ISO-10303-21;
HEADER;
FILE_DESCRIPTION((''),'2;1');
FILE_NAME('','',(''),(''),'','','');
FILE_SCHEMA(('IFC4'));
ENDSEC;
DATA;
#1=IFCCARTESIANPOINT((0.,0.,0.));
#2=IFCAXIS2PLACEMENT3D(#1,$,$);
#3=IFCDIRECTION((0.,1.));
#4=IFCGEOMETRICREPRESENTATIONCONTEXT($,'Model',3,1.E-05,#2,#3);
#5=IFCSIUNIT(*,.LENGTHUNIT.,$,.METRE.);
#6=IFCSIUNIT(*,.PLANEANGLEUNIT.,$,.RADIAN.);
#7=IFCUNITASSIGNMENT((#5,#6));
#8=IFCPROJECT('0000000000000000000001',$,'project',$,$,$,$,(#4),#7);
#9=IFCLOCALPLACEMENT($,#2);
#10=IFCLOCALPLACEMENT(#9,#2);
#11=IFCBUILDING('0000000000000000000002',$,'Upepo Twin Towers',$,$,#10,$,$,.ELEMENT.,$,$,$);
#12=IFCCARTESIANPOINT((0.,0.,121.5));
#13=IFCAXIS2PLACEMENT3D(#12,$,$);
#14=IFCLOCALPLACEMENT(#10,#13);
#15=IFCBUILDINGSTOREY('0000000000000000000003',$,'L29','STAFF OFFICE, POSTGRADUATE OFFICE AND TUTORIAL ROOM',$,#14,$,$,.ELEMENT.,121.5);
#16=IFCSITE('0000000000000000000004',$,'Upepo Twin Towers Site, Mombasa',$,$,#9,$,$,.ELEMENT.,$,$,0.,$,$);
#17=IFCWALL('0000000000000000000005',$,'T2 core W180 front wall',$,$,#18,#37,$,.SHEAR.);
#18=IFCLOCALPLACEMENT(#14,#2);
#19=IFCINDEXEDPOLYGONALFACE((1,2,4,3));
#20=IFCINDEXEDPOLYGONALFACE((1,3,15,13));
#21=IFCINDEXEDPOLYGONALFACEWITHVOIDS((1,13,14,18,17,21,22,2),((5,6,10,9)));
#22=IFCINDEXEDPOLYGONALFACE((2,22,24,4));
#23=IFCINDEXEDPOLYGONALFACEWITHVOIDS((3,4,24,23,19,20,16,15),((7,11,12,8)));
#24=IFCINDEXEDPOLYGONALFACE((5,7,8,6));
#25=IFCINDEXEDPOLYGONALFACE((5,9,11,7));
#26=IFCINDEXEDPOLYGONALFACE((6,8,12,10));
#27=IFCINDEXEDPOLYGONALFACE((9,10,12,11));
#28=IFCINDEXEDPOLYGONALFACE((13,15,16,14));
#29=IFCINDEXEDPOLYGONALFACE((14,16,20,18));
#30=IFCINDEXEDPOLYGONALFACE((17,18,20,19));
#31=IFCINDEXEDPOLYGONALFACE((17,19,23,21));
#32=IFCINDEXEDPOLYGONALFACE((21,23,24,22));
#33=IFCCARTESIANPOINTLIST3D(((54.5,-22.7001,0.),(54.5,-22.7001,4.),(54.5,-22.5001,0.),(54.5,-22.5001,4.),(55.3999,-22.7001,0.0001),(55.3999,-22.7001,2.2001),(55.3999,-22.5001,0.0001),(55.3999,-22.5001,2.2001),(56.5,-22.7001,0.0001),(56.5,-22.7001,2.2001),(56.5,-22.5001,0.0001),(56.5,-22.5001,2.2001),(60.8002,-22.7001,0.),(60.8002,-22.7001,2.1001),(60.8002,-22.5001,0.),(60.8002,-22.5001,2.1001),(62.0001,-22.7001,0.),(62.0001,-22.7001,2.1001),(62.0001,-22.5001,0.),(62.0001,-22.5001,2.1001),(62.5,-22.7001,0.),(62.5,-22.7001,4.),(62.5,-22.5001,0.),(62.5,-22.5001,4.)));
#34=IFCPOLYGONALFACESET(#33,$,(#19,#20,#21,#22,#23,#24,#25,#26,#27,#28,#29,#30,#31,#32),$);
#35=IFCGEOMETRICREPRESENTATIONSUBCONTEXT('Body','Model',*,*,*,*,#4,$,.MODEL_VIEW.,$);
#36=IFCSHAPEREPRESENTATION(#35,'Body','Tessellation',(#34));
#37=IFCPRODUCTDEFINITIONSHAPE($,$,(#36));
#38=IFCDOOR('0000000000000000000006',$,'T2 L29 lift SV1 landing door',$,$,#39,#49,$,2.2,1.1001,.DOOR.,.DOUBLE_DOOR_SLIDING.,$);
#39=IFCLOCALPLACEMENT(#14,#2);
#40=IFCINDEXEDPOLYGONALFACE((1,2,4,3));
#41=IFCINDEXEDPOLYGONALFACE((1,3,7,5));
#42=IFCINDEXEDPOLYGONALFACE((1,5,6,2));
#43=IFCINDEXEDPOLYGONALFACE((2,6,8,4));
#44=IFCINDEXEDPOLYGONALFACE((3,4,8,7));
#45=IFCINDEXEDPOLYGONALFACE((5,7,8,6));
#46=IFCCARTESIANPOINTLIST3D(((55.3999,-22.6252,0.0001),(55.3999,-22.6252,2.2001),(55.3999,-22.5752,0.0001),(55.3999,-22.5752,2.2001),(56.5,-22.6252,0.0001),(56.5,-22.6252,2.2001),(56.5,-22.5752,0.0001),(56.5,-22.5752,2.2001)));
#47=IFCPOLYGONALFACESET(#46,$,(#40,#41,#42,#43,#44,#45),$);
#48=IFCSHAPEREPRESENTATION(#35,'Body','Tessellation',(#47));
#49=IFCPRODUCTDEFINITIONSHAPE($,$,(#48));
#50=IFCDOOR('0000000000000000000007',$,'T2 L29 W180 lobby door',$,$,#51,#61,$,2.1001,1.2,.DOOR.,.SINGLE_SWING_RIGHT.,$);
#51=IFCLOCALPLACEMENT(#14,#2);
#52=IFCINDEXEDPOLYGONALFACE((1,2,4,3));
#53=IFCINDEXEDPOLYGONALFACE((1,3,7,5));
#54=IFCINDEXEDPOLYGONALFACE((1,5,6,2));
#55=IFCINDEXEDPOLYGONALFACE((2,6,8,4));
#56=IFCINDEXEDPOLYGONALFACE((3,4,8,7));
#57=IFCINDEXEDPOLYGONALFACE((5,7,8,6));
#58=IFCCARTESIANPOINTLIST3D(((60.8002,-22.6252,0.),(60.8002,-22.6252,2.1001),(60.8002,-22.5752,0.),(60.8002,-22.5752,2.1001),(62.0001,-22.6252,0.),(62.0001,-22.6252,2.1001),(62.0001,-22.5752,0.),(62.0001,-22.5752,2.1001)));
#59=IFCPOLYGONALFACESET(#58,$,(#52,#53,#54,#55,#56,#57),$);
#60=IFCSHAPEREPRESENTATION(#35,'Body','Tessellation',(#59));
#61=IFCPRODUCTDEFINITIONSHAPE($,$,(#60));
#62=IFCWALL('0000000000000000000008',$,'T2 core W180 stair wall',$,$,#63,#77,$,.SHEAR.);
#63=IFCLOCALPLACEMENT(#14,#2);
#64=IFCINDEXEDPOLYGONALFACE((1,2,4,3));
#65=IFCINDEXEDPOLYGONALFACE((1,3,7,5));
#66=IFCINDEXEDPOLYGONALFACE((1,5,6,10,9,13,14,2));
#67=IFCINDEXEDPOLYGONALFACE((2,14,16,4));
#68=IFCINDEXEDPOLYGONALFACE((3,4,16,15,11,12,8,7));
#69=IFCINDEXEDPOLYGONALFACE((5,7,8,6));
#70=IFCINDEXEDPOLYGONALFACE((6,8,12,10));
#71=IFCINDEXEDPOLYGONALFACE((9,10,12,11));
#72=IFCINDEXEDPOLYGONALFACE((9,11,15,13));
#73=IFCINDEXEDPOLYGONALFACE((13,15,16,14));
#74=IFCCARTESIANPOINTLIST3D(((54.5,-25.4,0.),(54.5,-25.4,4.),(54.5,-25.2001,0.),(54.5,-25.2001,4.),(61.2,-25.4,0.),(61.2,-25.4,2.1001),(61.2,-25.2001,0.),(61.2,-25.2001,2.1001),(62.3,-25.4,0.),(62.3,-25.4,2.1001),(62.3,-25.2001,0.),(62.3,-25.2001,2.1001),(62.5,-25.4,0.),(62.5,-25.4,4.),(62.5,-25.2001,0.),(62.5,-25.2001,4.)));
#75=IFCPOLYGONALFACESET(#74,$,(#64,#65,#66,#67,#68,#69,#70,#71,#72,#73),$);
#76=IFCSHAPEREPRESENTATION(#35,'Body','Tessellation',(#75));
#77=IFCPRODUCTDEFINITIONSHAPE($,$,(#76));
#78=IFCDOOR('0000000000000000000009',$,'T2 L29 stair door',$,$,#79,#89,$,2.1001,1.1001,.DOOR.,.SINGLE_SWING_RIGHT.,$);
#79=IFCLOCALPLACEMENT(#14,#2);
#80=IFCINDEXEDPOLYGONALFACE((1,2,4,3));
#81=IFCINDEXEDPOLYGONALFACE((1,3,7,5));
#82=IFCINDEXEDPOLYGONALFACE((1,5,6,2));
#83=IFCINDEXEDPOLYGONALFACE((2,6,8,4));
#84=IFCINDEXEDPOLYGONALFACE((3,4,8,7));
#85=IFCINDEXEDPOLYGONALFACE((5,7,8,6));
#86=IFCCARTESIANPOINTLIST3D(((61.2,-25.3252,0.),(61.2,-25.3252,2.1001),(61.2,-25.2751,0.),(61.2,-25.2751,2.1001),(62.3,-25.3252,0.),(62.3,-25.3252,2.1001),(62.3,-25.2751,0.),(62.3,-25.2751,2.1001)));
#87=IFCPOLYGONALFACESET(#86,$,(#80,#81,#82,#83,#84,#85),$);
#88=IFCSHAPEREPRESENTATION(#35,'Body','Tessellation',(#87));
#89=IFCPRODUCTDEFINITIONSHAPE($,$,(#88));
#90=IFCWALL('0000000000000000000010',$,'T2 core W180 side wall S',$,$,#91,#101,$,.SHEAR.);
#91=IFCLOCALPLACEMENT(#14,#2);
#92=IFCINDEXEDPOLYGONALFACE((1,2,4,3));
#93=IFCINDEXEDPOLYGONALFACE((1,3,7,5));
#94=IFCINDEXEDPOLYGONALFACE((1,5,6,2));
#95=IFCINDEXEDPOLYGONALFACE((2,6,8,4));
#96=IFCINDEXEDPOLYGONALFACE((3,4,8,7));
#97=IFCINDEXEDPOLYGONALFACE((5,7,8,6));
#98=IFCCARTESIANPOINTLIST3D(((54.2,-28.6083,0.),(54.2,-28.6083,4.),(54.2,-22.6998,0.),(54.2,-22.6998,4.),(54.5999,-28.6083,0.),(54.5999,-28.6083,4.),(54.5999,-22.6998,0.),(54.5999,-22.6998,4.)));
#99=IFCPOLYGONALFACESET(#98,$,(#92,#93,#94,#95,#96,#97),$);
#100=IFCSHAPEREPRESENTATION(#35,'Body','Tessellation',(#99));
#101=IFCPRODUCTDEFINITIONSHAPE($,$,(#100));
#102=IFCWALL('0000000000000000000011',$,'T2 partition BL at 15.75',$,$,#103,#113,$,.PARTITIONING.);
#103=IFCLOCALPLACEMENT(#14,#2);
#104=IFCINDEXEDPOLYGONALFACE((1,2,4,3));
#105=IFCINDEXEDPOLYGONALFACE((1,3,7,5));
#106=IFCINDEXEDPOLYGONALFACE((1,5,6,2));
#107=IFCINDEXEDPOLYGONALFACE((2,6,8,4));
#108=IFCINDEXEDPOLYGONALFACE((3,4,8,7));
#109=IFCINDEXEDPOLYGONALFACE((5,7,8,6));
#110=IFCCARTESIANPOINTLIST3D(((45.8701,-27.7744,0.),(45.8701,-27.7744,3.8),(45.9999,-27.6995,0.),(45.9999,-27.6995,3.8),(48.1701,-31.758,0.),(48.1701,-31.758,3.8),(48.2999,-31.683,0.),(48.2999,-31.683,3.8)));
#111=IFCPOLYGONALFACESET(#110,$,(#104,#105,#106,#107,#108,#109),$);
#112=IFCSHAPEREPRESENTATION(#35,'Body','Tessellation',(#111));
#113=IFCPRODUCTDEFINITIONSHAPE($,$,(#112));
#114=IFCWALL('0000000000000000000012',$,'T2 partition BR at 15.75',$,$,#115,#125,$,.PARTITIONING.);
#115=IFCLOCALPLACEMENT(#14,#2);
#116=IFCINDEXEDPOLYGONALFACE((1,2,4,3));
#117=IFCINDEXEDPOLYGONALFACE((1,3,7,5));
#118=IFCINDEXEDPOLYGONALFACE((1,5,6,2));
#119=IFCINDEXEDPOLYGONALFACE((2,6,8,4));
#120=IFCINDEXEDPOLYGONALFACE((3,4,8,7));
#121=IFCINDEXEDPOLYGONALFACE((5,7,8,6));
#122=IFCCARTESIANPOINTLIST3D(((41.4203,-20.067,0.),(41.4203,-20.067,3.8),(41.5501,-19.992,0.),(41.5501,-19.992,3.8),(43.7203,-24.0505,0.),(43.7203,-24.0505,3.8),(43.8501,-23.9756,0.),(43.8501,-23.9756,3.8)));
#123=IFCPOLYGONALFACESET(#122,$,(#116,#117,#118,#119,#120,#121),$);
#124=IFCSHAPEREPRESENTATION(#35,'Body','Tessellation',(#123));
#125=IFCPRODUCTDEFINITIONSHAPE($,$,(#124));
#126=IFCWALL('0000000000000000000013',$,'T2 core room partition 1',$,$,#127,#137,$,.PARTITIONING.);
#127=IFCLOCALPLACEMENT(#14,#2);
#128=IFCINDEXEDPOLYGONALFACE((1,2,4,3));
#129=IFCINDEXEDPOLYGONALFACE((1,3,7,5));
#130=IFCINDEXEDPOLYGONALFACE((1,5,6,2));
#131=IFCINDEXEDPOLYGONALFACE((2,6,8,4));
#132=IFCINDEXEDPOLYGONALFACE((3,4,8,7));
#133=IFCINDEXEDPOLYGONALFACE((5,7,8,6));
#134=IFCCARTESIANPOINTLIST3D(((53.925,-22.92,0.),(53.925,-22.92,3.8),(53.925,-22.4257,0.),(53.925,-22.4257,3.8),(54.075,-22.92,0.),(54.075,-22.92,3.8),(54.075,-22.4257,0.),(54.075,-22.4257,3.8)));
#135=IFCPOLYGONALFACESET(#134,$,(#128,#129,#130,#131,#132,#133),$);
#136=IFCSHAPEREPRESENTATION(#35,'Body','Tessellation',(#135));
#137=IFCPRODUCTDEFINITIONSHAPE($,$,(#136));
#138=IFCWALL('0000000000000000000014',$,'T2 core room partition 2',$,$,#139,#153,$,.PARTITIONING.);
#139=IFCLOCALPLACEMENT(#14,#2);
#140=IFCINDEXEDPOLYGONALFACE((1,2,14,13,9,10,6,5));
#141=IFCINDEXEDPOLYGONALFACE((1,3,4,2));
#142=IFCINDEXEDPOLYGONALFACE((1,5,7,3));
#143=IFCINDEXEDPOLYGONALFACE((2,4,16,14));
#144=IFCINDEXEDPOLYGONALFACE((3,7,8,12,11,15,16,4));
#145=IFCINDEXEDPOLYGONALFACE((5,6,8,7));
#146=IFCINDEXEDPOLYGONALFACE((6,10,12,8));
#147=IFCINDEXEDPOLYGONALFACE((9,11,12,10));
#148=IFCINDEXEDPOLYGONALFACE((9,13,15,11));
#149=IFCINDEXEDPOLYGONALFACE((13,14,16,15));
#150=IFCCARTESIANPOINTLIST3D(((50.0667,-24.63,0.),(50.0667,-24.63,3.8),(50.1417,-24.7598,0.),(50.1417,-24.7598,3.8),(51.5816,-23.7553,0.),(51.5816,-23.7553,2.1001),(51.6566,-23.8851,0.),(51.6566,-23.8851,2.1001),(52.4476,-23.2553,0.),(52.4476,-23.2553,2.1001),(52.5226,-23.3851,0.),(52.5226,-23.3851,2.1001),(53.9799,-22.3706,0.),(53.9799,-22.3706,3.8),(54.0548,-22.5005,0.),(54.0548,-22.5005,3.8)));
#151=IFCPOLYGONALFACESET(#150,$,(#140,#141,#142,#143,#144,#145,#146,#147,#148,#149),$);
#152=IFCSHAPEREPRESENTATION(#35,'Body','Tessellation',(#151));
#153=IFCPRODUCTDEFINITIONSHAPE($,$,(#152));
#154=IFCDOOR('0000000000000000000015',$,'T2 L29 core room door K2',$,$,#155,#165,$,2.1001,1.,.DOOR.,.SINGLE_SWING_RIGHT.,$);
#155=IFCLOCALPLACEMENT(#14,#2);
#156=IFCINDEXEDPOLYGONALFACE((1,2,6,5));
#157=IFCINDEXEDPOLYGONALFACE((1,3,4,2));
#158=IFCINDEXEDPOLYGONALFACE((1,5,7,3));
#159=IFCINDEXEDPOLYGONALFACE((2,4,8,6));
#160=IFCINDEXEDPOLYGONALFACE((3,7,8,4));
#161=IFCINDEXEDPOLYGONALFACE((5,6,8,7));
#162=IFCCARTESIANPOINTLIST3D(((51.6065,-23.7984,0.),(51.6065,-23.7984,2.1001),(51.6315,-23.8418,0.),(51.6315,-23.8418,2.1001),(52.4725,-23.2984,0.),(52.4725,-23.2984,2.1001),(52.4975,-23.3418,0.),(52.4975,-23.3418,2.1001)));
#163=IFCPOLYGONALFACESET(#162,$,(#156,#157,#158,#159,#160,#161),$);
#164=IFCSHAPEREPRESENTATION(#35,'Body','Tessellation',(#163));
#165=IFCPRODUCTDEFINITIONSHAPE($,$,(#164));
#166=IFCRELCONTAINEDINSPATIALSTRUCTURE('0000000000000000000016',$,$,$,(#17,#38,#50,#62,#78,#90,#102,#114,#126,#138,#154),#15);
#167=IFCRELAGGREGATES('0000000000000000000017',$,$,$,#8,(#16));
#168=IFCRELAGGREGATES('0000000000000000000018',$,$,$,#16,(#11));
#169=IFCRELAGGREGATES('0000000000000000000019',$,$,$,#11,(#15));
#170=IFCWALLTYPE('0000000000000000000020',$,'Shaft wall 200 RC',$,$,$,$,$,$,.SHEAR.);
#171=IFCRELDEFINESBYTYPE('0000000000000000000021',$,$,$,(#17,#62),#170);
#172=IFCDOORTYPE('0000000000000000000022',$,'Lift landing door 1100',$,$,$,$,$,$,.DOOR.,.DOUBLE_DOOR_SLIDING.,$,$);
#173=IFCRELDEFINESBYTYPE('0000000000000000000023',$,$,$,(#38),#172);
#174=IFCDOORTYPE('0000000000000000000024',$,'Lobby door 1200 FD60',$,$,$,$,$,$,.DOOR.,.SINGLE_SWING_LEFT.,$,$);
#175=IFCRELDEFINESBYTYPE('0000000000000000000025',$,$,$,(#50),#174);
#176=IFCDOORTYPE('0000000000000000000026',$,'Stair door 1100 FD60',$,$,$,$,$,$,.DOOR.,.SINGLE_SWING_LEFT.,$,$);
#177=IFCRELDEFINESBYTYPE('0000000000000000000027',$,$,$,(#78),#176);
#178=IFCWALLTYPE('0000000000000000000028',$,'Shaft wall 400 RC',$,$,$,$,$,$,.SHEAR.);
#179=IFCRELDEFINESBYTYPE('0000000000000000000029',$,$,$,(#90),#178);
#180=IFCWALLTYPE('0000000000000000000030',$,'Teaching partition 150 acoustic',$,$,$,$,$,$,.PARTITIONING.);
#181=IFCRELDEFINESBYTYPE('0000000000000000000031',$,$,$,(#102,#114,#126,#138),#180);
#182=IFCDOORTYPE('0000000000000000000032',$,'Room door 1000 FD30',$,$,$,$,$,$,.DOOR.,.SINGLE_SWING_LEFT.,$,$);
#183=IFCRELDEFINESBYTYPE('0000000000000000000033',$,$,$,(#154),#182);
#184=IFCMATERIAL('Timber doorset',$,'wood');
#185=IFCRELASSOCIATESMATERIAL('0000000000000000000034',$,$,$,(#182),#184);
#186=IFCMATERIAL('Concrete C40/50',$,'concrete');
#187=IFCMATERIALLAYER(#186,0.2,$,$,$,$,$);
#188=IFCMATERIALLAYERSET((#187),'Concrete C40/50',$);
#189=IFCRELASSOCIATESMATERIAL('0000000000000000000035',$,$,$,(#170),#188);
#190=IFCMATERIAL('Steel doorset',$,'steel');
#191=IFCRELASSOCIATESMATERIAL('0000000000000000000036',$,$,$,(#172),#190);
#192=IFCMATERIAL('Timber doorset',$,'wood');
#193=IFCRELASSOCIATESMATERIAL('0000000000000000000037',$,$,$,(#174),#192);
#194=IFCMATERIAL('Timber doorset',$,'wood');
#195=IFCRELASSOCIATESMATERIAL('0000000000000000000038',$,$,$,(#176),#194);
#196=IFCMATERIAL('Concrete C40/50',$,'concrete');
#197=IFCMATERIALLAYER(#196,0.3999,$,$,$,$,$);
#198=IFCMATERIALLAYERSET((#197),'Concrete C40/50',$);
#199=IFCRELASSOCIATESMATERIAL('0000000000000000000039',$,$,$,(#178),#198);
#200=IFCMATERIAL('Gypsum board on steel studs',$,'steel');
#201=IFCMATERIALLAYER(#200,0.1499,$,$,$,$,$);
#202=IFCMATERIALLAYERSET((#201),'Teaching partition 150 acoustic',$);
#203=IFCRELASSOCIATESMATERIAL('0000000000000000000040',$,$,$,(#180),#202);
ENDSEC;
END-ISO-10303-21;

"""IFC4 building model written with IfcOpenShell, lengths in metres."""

from ifc_helpers import new_model, si_unit, direction, frame, frame_2d, origin, place, context, subcontext, project, spatial, rectangle, extrude, material, layer, layer_set, type_object, element, fill, save


model = new_model("IFC4")

# Units and contexts
model_context = context("Model", 3, precision=1e-05, world=origin(), true_north=direction((0.0, 1.0)))
body_context = subcontext(model_context, "Body", "Model", "MODEL_VIEW")
ifc_project = project(units=[si_unit("LENGTHUNIT", "METRE"), si_unit("PLANEANGLEUNIT", "RADIAN")], contexts=[model_context])

# Site, building, storey
site_placement = place(None, origin())
site = spatial("IfcSite", under=ifc_project, at=site_placement, Name="Upepo Twin Towers Site, Mombasa", CompositionType="ELEMENT", RefElevation=0.0)
building_placement = place(site_placement, origin())
building = spatial("IfcBuilding", under=site, at=building_placement, Name="Upepo Twin Towers", CompositionType="ELEMENT")
storey_placement = place(building_placement, frame((0.0, 0.0, 121.5)))
storey = spatial("IfcBuildingStorey", under=building, at=storey_placement, Name="L29", Description="STAFF OFFICE, POSTGRADUATE OFFICE AND TUTORIAL ROOM", CompositionType="ELEMENT", Elevation=121.5)

# Shared definitions
ifc_material_1 = material(Name="Timber doorset", Category="wood")
door_type_1 = type_object("IfcDoorType", Name="Room door 1000 FD30", OperationType="SINGLE_SWING_LEFT", PredefinedType="DOOR", material=ifc_material_1)

# Wall, openings, doors
ifc_material_2 = material(Name="Concrete C40/50", Category="concrete")
ifc_layer_1 = layer(ifc_material_2, 0.2)
ifc_layer_set_1 = layer_set([ifc_layer_1], Name="Concrete C40/50")
wall_type_1 = type_object("IfcWallType", Name="Shaft wall 200 RC", PredefinedType="SHEAR", material=ifc_layer_set_1)
wall_1_placement = place(storey_placement, frame((54.5, -22.6001, 0.0), z_axis=(0.0, 0.0, 1.0), x_axis=(1.0, 0.0, 0.0)))
wall_1 = element("IfcWall", 1, at=wall_1_placement, inside=storey, type_object=wall_type_1, Name="T2 core W180 front wall", PredefinedType="SHEAR", context=body_context, shape_type="SweptSolid", body=[
    extrude(rectangle(XDim=8.0, YDim=0.2, at=frame_2d((4.0, 0.0))), origin(), (0.0, 0.0, 1.0), 4.0),
])
opening_1_placement = place(wall_1_placement, frame((6.3, 0.0, 0.0)))
opening_1 = element("IfcOpeningElement", 2, at=opening_1_placement, cuts=wall_1, PredefinedType="OPENING", context=body_context, shape_type="SweptSolid", body=[
    extrude(rectangle(XDim=1.2, YDim=2.1001, at=frame_2d((0.6001, 1.05))), frame((0.0, 0.1099, 0.0), z_axis=(0.0, -1.0, 0.0), x_axis=(1.0, 0.0, 0.0)), (0.0, 0.0, 1.0), 0.22),
])
opening_2_placement = place(wall_1_placement, frame((0.8999, 0.0, 0.0)))
opening_2 = element("IfcOpeningElement", 3, at=opening_2_placement, cuts=wall_1, PredefinedType="OPENING", context=body_context, shape_type="SweptSolid", body=[
    extrude(rectangle(XDim=1.1001, YDim=2.2, at=frame_2d((0.55, 1.1001))), frame((0.0, 0.1099, 0.0), z_axis=(0.0, -1.0, 0.0), x_axis=(1.0, 0.0, 0.0)), (0.0, 0.0, 1.0), 0.22),
])
ifc_material_3 = material(Name="Steel doorset", Category="steel")
door_type_2 = type_object("IfcDoorType", Name="Lift landing door 1100", OperationType="DOUBLE_DOOR_SLIDING", PredefinedType="DOOR", material=ifc_material_3)
door_1_placement = place(opening_2_placement, origin())
door_1 = element("IfcDoor", 4, at=door_1_placement, inside=storey, type_object=door_type_2, Name="T2 L29 lift SV1 landing door", OperationType="DOUBLE_DOOR_SLIDING", OverallHeight=2.2, OverallWidth=1.1001, PredefinedType="DOOR", context=body_context, shape_type="SweptSolid", body=[
    extrude(rectangle(XDim=1.1001, YDim=2.2, at=frame_2d((0.55, 1.1001))), frame((0.0, 0.0249, 0.0), z_axis=(0.0, -1.0, 0.0), x_axis=(1.0, 0.0, 0.0)), (0.0, 0.0, 1.0), 0.05),
])
fill(opening_2, door_1)
ifc_material_4 = material(Name="Timber doorset", Category="wood")
door_type_3 = type_object("IfcDoorType", Name="Lobby door 1200 FD60", OperationType="SINGLE_SWING_LEFT", PredefinedType="DOOR", material=ifc_material_4)
door_2_placement = place(opening_1_placement, origin())
door_2 = element("IfcDoor", 5, at=door_2_placement, inside=storey, type_object=door_type_3, Name="T2 L29 W180 lobby door", OperationType="SINGLE_SWING_RIGHT", OverallHeight=2.1001, OverallWidth=1.2, PredefinedType="DOOR", context=body_context, shape_type="SweptSolid", body=[
    extrude(rectangle(XDim=1.2, YDim=2.1001, at=frame_2d((0.6001, 1.05))), frame((0.0, 0.0249, 0.0), z_axis=(0.0, -1.0, 0.0), x_axis=(1.0, 0.0, 0.0)), (0.0, 0.0, 1.0), 0.05),
])
fill(opening_1, door_2)

# Wall, opening, door
wall_2_placement = place(storey_placement, frame((54.5, -25.3, 0.0), z_axis=(0.0, 0.0, 1.0), x_axis=(1.0, 0.0, 0.0)))
wall_2 = element("IfcWall", 6, at=wall_2_placement, inside=storey, type_object=wall_type_1, Name="T2 core W180 stair wall", PredefinedType="SHEAR", context=body_context, shape_type="SweptSolid", body=[
    extrude(rectangle(XDim=8.0, YDim=0.2, at=frame_2d((4.0, 0.0))), origin(), (0.0, 0.0, 1.0), 4.0),
])
opening_3_placement = place(wall_2_placement, frame((6.7, 0.0, 0.0)))
opening_3 = element("IfcOpeningElement", 7, at=opening_3_placement, cuts=wall_2, PredefinedType="OPENING", context=body_context, shape_type="SweptSolid", body=[
    extrude(rectangle(XDim=1.1001, YDim=2.1001, at=frame_2d((0.55, 1.05))), frame((0.0, 0.1099, 0.0), z_axis=(0.0, -1.0, 0.0), x_axis=(1.0, 0.0, 0.0)), (0.0, 0.0, 1.0), 0.22),
])
ifc_material_5 = material(Name="Timber doorset", Category="wood")
door_type_4 = type_object("IfcDoorType", Name="Stair door 1100 FD60", OperationType="SINGLE_SWING_LEFT", PredefinedType="DOOR", material=ifc_material_5)
door_3_placement = place(opening_3_placement, origin())
door_3 = element("IfcDoor", 8, at=door_3_placement, inside=storey, type_object=door_type_4, Name="T2 L29 stair door", OperationType="SINGLE_SWING_RIGHT", OverallHeight=2.1001, OverallWidth=1.1001, PredefinedType="DOOR", context=body_context, shape_type="SweptSolid", body=[
    extrude(rectangle(XDim=1.1001, YDim=2.1001, at=frame_2d((0.55, 1.05))), frame((0.0, 0.0249, 0.0), z_axis=(0.0, -1.0, 0.0), x_axis=(1.0, 0.0, 0.0)), (0.0, 0.0, 1.0), 0.05),
])
fill(opening_3, door_3)

# Walls
ifc_material_6 = material(Name="Concrete C40/50", Category="concrete")
ifc_layer_2 = layer(ifc_material_6, 0.3999)
ifc_layer_set_2 = layer_set([ifc_layer_2], Name="Concrete C40/50")
wall_type_2 = type_object("IfcWallType", Name="Shaft wall 400 RC", PredefinedType="SHEAR", material=ifc_layer_set_2)
wall_3_placement = place(storey_placement, frame((54.3999, -22.7, 0.0), z_axis=(0.0, 0.0, 1.0), x_axis=(0.0, -1.0, 0.0)))
element("IfcWall", 9, at=wall_3_placement, inside=storey, type_object=wall_type_2, Name="T2 core W180 side wall S", PredefinedType="SHEAR", context=body_context, shape_type="SweptSolid", body=[
    extrude(rectangle(XDim=5.9084, YDim=0.3999, at=frame_2d((2.9541, 0.0))), origin(), (0.0, 0.0, 1.0), 4.0),
])
ifc_material_7 = material(Name="Gypsum board on steel studs", Category="steel")
ifc_layer_3 = layer(ifc_material_7, 0.1499)
ifc_layer_set_3 = layer_set([ifc_layer_3], Name="Teaching partition 150 acoustic")
wall_type_3 = type_object("IfcWallType", Name="Teaching partition 150 acoustic", PredefinedType="PARTITIONING", material=ifc_layer_set_3)
for number, where, z_axis, x_axis, name in (
    (10, (45.9351, -27.7371, 0.0), (0.0, 0.0, 1.0), (0.500015, -0.866017, 0.0), "T2 partition BL at 15.75"),
    (11, (43.7852, -24.0129, 0.0), (0.0, 0.0, 1.0), (-0.500015, 0.866017, 0.0), "T2 partition BR at 15.75"),
):
    element("IfcWall", number, at=place(storey_placement, frame(where, z_axis=z_axis, x_axis=x_axis)), inside=storey, type_object=wall_type_3, Name=name, PredefinedType="PARTITIONING", context=body_context, shape_type="SweptSolid", body=[
        extrude(rectangle(XDim=4.5999, YDim=0.1499, at=frame_2d((2.2998, 0.0))), origin(), (0.0, 0.0, 1.0), 3.8),
    ])
wall_4_placement = place(storey_placement, frame((54.0, -22.9199, 0.0), z_axis=(0.0, 0.0, 1.0), x_axis=(0.0, 1.0, 0.0)))
element("IfcWall", 12, at=wall_4_placement, inside=storey, type_object=wall_type_3, Name="T2 core room partition 1", PredefinedType="PARTITIONING", context=body_context, shape_type="SweptSolid", body=[
    extrude(rectangle(XDim=0.4944, YDim=0.1499, at=frame_2d((0.2471, 0.0))), origin(), (0.0, 0.0, 1.0), 3.8),
])

# Wall, opening, door
wall_5_placement = place(storey_placement, frame((54.0173, -22.4355, 0.0), z_axis=(0.0, 0.0, 1.0), x_axis=(-0.86602, -0.500009, 0.0)))
wall_5 = element("IfcWall", 13, at=wall_5_placement, inside=storey, type_object=wall_type_3, Name="T2 core room partition 2", PredefinedType="PARTITIONING", context=body_context, shape_type="SweptSolid", body=[
    extrude(rectangle(XDim=4.5186, YDim=0.1499, at=frame_2d((2.2593, 0.0))), origin(), (0.0, 0.0, 1.0), 3.8),
])
opening_4_placement = place(wall_5_placement, frame((1.7693, 0.0, 0.0)))
opening_4 = element("IfcOpeningElement", 14, at=opening_4_placement, cuts=wall_5, PredefinedType="OPENING", context=body_context, shape_type="SweptSolid", body=[
    extrude(rectangle(XDim=1.0, YDim=2.1001, at=frame_2d((0.5, 1.05))), frame((0.0, 0.085, 0.0), z_axis=(0.0, -1.0, 0.0), x_axis=(1.0, 0.0, 0.0)), (0.0, 0.0, 1.0), 0.1699),
])
door_4_placement = place(opening_4_placement, origin())
door_4 = element("IfcDoor", 15, at=door_4_placement, inside=storey, type_object=door_type_1, Name="T2 L29 core room door K2", OperationType="SINGLE_SWING_RIGHT", OverallHeight=2.1001, OverallWidth=1.0, PredefinedType="DOOR", context=body_context, shape_type="SweptSolid", body=[
    extrude(rectangle(XDim=1.0, YDim=2.1001, at=frame_2d((0.5, 1.05))), frame((0.0, 0.0249, 0.0), z_axis=(0.0, -1.0, 0.0), x_axis=(1.0, 0.0, 0.0)), (0.0, 0.0, 1.0), 0.05),
])
fill(opening_4, door_4)

save(model, "model.ifc")
